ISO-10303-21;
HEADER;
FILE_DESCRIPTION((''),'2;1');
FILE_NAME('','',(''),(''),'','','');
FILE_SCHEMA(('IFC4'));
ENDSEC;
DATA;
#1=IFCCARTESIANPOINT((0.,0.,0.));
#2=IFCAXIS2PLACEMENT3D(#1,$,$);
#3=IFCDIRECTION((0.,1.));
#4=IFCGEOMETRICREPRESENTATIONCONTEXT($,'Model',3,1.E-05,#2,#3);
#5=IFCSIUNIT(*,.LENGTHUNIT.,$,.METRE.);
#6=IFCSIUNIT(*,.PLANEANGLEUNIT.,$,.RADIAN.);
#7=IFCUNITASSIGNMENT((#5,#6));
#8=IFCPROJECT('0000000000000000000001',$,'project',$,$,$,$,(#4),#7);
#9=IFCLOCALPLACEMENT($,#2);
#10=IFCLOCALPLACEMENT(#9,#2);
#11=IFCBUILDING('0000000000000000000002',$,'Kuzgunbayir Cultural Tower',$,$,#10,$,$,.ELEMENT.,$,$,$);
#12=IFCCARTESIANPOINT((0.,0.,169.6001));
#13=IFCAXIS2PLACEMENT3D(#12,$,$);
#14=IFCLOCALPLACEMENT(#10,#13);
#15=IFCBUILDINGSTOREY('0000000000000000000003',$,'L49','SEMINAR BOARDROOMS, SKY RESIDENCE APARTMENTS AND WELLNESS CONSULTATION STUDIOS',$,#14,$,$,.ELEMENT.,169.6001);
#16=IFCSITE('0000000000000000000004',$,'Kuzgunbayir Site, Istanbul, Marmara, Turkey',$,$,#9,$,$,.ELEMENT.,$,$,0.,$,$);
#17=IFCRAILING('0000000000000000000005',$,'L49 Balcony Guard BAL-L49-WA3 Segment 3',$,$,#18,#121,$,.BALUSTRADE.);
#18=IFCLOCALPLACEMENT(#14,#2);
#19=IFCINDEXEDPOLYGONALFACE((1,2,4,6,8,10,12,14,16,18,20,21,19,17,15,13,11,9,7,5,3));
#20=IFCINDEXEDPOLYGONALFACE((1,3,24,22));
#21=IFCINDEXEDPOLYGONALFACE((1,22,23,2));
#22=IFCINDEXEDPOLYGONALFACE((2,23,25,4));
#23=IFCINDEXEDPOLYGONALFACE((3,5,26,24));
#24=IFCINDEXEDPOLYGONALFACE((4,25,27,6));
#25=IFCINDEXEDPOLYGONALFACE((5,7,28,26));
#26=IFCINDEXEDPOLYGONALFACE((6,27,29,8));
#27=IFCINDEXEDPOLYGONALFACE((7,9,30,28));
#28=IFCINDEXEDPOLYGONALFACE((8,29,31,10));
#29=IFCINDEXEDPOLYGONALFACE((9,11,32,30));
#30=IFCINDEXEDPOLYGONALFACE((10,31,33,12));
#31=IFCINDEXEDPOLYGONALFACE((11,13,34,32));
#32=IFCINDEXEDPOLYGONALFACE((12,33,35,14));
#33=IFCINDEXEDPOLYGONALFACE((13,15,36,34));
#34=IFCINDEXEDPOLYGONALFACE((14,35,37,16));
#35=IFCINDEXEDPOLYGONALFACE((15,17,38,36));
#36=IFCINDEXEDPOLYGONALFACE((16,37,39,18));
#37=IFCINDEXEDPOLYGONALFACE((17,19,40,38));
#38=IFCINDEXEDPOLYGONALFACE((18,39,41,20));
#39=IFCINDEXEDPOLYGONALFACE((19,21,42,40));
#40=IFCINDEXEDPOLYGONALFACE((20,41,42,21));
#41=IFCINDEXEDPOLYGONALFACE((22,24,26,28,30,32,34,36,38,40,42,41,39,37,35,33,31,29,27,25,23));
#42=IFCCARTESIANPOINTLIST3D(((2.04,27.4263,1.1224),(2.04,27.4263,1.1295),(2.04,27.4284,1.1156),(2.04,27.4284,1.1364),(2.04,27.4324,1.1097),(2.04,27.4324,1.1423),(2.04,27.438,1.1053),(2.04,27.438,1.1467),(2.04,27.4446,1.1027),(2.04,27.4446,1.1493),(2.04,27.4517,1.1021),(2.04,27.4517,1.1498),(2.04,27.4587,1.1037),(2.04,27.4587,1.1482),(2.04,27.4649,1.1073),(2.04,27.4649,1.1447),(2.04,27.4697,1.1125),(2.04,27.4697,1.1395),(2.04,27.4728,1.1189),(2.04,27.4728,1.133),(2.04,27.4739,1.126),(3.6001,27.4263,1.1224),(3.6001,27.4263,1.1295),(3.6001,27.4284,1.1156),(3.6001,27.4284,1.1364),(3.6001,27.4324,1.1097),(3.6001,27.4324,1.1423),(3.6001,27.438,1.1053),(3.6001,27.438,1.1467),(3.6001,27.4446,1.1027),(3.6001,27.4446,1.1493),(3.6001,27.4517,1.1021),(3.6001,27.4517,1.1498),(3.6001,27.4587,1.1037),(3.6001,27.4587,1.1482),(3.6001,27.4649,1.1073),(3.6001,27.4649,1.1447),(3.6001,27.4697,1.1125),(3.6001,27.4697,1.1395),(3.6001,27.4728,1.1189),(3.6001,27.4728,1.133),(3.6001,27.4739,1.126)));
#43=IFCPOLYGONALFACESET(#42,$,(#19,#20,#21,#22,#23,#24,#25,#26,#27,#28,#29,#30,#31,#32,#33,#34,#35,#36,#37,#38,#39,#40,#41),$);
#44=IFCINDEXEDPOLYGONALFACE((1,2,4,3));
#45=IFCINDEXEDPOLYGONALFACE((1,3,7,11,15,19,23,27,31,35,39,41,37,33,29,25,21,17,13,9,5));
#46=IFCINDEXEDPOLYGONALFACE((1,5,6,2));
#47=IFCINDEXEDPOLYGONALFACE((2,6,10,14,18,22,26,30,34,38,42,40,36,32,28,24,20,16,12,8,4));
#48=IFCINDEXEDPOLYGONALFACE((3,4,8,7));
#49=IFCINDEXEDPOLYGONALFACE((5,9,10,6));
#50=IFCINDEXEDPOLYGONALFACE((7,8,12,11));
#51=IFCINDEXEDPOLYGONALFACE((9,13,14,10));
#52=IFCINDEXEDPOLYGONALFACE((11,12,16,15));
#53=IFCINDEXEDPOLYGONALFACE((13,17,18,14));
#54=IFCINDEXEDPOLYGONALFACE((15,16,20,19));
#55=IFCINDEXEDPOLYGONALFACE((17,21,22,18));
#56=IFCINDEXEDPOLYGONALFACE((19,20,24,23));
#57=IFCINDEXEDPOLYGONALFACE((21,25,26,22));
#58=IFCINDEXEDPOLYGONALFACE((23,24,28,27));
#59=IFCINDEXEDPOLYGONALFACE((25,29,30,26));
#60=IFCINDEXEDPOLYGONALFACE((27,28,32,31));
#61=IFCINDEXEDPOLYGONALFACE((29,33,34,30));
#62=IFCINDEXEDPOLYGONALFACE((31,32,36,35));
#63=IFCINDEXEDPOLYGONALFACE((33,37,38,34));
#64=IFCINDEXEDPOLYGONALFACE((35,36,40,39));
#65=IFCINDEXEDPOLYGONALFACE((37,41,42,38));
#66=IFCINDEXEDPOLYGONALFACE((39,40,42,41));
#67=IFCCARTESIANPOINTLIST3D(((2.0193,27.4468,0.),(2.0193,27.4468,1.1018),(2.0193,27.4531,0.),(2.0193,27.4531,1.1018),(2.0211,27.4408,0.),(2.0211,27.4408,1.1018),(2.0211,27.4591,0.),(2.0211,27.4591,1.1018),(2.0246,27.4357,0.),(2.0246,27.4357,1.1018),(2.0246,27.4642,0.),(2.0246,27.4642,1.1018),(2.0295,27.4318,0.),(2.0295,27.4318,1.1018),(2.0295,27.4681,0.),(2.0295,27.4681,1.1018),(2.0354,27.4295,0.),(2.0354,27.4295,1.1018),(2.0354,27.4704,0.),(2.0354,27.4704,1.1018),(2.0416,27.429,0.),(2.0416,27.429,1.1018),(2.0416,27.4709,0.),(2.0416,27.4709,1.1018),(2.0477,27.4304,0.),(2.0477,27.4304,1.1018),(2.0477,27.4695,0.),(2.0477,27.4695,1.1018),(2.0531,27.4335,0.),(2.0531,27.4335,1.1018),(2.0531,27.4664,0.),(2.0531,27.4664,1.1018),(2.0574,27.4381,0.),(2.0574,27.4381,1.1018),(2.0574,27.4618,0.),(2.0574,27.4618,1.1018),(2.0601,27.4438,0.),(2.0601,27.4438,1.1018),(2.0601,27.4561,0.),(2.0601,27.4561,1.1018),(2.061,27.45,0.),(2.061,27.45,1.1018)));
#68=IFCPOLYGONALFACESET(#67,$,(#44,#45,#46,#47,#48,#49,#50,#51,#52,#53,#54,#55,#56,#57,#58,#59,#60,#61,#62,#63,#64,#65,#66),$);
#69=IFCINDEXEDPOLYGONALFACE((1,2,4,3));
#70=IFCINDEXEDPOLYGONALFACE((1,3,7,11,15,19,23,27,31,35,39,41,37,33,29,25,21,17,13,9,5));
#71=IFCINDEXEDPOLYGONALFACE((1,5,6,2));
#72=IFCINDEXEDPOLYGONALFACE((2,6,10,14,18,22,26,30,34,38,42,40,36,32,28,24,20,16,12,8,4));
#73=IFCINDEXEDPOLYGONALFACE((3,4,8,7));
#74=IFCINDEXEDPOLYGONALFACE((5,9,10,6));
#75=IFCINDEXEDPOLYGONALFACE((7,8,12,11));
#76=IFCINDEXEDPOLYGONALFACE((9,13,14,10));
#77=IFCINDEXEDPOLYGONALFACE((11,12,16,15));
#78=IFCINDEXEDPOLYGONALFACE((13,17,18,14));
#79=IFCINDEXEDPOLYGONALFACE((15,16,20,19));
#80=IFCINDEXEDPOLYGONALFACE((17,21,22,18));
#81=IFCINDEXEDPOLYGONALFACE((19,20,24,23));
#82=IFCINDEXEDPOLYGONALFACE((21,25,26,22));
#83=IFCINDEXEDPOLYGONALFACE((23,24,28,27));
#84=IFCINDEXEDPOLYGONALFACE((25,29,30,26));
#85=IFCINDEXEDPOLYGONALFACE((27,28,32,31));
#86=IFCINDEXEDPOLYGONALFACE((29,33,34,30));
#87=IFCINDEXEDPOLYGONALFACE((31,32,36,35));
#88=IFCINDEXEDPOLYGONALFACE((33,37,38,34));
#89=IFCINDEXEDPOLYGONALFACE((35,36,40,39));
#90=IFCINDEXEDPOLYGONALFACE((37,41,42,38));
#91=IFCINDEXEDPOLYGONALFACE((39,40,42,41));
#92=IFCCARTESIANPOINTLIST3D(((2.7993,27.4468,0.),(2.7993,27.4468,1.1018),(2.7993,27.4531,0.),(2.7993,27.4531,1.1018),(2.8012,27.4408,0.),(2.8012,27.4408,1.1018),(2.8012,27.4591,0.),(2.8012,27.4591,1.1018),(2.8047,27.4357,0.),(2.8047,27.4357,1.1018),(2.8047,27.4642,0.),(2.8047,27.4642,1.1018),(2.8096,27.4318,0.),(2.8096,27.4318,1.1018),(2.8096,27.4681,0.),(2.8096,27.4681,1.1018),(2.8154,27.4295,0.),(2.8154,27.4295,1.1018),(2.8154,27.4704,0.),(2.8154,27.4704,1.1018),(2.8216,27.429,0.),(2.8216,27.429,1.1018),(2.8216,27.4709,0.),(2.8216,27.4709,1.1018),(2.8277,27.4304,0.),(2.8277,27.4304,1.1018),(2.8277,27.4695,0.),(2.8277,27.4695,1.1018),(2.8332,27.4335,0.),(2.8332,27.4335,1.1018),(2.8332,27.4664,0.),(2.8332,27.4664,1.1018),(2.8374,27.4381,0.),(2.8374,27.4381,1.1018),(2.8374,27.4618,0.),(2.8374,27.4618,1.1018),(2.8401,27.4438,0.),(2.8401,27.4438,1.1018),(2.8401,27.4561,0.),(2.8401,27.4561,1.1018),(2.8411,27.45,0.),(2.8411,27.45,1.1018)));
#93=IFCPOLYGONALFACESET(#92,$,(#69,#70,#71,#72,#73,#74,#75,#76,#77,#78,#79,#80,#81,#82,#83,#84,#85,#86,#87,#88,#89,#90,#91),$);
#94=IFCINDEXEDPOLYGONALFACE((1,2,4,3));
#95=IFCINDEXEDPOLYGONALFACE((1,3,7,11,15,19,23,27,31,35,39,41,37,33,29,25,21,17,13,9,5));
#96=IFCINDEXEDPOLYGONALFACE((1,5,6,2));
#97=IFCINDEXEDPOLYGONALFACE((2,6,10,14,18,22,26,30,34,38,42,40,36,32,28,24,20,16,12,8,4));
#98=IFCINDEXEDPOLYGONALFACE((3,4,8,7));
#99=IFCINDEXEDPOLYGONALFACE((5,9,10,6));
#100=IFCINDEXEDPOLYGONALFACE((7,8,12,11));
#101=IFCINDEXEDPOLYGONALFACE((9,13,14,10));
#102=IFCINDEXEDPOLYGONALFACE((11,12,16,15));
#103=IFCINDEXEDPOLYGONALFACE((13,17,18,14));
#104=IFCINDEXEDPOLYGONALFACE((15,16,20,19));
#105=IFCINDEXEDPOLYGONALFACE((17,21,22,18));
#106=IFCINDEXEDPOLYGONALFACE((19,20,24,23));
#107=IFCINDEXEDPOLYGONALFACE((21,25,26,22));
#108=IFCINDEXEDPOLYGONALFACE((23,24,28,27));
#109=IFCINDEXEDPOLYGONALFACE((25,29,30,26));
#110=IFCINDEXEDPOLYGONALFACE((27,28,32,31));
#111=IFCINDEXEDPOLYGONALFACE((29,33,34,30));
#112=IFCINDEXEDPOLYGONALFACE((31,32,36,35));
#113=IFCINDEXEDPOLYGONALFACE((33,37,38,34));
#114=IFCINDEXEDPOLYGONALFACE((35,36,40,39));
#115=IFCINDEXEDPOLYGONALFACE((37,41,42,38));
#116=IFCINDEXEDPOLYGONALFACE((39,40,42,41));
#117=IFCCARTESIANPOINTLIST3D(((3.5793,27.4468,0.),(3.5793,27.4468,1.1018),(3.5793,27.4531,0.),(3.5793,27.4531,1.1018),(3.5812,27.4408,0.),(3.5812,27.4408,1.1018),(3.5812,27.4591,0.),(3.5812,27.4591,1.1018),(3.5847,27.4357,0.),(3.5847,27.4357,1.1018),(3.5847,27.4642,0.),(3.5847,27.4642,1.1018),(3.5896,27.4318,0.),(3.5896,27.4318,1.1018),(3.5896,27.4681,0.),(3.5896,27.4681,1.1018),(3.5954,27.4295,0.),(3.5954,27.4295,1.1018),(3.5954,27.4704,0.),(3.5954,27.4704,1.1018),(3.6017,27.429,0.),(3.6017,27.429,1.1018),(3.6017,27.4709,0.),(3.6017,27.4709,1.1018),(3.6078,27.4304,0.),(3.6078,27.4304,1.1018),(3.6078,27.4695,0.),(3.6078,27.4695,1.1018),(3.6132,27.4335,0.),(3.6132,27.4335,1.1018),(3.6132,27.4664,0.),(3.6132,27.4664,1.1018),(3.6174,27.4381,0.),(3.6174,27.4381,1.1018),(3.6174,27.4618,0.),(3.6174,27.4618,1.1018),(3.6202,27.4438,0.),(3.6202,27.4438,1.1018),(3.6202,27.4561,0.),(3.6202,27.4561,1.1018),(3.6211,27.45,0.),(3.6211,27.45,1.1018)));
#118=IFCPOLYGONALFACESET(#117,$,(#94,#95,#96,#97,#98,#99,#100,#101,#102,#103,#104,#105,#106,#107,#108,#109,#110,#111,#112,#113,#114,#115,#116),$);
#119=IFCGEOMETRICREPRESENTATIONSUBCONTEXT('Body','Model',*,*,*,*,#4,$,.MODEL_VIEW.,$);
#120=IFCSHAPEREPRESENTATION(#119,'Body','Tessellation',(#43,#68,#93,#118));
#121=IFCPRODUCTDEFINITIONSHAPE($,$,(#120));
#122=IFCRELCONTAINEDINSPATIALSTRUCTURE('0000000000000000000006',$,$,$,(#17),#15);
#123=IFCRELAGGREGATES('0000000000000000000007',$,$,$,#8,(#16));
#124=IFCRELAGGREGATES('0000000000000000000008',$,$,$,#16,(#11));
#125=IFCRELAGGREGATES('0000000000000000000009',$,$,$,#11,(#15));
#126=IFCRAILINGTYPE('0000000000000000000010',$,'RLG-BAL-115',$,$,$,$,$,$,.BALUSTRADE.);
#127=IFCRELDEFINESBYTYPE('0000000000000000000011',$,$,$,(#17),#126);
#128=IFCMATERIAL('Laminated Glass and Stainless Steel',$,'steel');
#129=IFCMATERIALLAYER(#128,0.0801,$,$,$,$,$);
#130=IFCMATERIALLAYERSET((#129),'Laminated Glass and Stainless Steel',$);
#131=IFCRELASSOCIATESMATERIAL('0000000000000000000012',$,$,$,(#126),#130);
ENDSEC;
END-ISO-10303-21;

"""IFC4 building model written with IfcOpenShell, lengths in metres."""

from ifc_helpers import new_model, si_unit, direction, frame, origin, origin_2d, place, context, subcontext, project, spatial, circle, extrude, material, layer, layer_set, type_object, element, save


model = new_model("IFC4")

# Units and contexts
model_context = context("Model", 3, precision=1e-05, world=origin(), true_north=direction((0.0, 1.0)))
body_context = subcontext(model_context, "Body", "Model", "MODEL_VIEW")
ifc_project = project(units=[si_unit("LENGTHUNIT", "METRE"), si_unit("PLANEANGLEUNIT", "RADIAN")], contexts=[model_context])

# Site, building, storey
site_placement = place(None, origin())
site = spatial("IfcSite", under=ifc_project, at=site_placement, Name="Kuzgunbayir Site, Istanbul, Marmara, Turkey", CompositionType="ELEMENT", RefElevation=0.0)
building_placement = place(site_placement, origin())
building = spatial("IfcBuilding", under=site, at=building_placement, Name="Kuzgunbayir Cultural Tower", CompositionType="ELEMENT")
storey_placement = place(building_placement, frame((0.0, 0.0, 169.6001)))
storey = spatial("IfcBuildingStorey", under=building, at=storey_placement, Name="L49", Description="SEMINAR BOARDROOMS, SKY RESIDENCE APARTMENTS AND WELLNESS CONSULTATION STUDIOS", CompositionType="ELEMENT", Elevation=169.6001)

# Railing
ifc_material_1 = material(Name="Laminated Glass and Stainless Steel", Category="steel")
ifc_layer_1 = layer(ifc_material_1, 0.0801)
ifc_layer_set_1 = layer_set([ifc_layer_1], Name="Laminated Glass and Stainless Steel")
railing_type = type_object("IfcRailingType", Name="RLG-BAL-115", PredefinedType="BALUSTRADE", material=ifc_layer_set_1)
railing_1_placement = place(storey_placement, frame((2.04, 27.45, 0.0)))
element("IfcRailing", 1, at=railing_1_placement, inside=storey, type_object=railing_type, Name="L49 Balcony Guard BAL-L49-WA3 Segment 3", PredefinedType="BALUSTRADE", context=body_context, shape_type="SweptSolid", body=[
    extrude(circle(Radius=0.0239, at=origin_2d()), frame((0.0, 0.0, 1.126), z_axis=(1.0, 0.0, 0.0), x_axis=(0.0, 1.0, 0.0)), (0.0, 0.0, 1.0), 1.5601),
    extrude(circle(Radius=0.021, at=origin_2d()), origin(), (0.0, 0.0, 1.0), 1.1018),
    extrude(circle(Radius=0.021, at=origin_2d()), frame((0.78, 0.0, 0.0)), (0.0, 0.0, 1.0), 1.1018),
    extrude(circle(Radius=0.021, at=origin_2d()), frame((1.5601, 0.0, 0.0)), (0.0, 0.0, 1.0), 1.1018),
])

save(model, "model.ifc")
